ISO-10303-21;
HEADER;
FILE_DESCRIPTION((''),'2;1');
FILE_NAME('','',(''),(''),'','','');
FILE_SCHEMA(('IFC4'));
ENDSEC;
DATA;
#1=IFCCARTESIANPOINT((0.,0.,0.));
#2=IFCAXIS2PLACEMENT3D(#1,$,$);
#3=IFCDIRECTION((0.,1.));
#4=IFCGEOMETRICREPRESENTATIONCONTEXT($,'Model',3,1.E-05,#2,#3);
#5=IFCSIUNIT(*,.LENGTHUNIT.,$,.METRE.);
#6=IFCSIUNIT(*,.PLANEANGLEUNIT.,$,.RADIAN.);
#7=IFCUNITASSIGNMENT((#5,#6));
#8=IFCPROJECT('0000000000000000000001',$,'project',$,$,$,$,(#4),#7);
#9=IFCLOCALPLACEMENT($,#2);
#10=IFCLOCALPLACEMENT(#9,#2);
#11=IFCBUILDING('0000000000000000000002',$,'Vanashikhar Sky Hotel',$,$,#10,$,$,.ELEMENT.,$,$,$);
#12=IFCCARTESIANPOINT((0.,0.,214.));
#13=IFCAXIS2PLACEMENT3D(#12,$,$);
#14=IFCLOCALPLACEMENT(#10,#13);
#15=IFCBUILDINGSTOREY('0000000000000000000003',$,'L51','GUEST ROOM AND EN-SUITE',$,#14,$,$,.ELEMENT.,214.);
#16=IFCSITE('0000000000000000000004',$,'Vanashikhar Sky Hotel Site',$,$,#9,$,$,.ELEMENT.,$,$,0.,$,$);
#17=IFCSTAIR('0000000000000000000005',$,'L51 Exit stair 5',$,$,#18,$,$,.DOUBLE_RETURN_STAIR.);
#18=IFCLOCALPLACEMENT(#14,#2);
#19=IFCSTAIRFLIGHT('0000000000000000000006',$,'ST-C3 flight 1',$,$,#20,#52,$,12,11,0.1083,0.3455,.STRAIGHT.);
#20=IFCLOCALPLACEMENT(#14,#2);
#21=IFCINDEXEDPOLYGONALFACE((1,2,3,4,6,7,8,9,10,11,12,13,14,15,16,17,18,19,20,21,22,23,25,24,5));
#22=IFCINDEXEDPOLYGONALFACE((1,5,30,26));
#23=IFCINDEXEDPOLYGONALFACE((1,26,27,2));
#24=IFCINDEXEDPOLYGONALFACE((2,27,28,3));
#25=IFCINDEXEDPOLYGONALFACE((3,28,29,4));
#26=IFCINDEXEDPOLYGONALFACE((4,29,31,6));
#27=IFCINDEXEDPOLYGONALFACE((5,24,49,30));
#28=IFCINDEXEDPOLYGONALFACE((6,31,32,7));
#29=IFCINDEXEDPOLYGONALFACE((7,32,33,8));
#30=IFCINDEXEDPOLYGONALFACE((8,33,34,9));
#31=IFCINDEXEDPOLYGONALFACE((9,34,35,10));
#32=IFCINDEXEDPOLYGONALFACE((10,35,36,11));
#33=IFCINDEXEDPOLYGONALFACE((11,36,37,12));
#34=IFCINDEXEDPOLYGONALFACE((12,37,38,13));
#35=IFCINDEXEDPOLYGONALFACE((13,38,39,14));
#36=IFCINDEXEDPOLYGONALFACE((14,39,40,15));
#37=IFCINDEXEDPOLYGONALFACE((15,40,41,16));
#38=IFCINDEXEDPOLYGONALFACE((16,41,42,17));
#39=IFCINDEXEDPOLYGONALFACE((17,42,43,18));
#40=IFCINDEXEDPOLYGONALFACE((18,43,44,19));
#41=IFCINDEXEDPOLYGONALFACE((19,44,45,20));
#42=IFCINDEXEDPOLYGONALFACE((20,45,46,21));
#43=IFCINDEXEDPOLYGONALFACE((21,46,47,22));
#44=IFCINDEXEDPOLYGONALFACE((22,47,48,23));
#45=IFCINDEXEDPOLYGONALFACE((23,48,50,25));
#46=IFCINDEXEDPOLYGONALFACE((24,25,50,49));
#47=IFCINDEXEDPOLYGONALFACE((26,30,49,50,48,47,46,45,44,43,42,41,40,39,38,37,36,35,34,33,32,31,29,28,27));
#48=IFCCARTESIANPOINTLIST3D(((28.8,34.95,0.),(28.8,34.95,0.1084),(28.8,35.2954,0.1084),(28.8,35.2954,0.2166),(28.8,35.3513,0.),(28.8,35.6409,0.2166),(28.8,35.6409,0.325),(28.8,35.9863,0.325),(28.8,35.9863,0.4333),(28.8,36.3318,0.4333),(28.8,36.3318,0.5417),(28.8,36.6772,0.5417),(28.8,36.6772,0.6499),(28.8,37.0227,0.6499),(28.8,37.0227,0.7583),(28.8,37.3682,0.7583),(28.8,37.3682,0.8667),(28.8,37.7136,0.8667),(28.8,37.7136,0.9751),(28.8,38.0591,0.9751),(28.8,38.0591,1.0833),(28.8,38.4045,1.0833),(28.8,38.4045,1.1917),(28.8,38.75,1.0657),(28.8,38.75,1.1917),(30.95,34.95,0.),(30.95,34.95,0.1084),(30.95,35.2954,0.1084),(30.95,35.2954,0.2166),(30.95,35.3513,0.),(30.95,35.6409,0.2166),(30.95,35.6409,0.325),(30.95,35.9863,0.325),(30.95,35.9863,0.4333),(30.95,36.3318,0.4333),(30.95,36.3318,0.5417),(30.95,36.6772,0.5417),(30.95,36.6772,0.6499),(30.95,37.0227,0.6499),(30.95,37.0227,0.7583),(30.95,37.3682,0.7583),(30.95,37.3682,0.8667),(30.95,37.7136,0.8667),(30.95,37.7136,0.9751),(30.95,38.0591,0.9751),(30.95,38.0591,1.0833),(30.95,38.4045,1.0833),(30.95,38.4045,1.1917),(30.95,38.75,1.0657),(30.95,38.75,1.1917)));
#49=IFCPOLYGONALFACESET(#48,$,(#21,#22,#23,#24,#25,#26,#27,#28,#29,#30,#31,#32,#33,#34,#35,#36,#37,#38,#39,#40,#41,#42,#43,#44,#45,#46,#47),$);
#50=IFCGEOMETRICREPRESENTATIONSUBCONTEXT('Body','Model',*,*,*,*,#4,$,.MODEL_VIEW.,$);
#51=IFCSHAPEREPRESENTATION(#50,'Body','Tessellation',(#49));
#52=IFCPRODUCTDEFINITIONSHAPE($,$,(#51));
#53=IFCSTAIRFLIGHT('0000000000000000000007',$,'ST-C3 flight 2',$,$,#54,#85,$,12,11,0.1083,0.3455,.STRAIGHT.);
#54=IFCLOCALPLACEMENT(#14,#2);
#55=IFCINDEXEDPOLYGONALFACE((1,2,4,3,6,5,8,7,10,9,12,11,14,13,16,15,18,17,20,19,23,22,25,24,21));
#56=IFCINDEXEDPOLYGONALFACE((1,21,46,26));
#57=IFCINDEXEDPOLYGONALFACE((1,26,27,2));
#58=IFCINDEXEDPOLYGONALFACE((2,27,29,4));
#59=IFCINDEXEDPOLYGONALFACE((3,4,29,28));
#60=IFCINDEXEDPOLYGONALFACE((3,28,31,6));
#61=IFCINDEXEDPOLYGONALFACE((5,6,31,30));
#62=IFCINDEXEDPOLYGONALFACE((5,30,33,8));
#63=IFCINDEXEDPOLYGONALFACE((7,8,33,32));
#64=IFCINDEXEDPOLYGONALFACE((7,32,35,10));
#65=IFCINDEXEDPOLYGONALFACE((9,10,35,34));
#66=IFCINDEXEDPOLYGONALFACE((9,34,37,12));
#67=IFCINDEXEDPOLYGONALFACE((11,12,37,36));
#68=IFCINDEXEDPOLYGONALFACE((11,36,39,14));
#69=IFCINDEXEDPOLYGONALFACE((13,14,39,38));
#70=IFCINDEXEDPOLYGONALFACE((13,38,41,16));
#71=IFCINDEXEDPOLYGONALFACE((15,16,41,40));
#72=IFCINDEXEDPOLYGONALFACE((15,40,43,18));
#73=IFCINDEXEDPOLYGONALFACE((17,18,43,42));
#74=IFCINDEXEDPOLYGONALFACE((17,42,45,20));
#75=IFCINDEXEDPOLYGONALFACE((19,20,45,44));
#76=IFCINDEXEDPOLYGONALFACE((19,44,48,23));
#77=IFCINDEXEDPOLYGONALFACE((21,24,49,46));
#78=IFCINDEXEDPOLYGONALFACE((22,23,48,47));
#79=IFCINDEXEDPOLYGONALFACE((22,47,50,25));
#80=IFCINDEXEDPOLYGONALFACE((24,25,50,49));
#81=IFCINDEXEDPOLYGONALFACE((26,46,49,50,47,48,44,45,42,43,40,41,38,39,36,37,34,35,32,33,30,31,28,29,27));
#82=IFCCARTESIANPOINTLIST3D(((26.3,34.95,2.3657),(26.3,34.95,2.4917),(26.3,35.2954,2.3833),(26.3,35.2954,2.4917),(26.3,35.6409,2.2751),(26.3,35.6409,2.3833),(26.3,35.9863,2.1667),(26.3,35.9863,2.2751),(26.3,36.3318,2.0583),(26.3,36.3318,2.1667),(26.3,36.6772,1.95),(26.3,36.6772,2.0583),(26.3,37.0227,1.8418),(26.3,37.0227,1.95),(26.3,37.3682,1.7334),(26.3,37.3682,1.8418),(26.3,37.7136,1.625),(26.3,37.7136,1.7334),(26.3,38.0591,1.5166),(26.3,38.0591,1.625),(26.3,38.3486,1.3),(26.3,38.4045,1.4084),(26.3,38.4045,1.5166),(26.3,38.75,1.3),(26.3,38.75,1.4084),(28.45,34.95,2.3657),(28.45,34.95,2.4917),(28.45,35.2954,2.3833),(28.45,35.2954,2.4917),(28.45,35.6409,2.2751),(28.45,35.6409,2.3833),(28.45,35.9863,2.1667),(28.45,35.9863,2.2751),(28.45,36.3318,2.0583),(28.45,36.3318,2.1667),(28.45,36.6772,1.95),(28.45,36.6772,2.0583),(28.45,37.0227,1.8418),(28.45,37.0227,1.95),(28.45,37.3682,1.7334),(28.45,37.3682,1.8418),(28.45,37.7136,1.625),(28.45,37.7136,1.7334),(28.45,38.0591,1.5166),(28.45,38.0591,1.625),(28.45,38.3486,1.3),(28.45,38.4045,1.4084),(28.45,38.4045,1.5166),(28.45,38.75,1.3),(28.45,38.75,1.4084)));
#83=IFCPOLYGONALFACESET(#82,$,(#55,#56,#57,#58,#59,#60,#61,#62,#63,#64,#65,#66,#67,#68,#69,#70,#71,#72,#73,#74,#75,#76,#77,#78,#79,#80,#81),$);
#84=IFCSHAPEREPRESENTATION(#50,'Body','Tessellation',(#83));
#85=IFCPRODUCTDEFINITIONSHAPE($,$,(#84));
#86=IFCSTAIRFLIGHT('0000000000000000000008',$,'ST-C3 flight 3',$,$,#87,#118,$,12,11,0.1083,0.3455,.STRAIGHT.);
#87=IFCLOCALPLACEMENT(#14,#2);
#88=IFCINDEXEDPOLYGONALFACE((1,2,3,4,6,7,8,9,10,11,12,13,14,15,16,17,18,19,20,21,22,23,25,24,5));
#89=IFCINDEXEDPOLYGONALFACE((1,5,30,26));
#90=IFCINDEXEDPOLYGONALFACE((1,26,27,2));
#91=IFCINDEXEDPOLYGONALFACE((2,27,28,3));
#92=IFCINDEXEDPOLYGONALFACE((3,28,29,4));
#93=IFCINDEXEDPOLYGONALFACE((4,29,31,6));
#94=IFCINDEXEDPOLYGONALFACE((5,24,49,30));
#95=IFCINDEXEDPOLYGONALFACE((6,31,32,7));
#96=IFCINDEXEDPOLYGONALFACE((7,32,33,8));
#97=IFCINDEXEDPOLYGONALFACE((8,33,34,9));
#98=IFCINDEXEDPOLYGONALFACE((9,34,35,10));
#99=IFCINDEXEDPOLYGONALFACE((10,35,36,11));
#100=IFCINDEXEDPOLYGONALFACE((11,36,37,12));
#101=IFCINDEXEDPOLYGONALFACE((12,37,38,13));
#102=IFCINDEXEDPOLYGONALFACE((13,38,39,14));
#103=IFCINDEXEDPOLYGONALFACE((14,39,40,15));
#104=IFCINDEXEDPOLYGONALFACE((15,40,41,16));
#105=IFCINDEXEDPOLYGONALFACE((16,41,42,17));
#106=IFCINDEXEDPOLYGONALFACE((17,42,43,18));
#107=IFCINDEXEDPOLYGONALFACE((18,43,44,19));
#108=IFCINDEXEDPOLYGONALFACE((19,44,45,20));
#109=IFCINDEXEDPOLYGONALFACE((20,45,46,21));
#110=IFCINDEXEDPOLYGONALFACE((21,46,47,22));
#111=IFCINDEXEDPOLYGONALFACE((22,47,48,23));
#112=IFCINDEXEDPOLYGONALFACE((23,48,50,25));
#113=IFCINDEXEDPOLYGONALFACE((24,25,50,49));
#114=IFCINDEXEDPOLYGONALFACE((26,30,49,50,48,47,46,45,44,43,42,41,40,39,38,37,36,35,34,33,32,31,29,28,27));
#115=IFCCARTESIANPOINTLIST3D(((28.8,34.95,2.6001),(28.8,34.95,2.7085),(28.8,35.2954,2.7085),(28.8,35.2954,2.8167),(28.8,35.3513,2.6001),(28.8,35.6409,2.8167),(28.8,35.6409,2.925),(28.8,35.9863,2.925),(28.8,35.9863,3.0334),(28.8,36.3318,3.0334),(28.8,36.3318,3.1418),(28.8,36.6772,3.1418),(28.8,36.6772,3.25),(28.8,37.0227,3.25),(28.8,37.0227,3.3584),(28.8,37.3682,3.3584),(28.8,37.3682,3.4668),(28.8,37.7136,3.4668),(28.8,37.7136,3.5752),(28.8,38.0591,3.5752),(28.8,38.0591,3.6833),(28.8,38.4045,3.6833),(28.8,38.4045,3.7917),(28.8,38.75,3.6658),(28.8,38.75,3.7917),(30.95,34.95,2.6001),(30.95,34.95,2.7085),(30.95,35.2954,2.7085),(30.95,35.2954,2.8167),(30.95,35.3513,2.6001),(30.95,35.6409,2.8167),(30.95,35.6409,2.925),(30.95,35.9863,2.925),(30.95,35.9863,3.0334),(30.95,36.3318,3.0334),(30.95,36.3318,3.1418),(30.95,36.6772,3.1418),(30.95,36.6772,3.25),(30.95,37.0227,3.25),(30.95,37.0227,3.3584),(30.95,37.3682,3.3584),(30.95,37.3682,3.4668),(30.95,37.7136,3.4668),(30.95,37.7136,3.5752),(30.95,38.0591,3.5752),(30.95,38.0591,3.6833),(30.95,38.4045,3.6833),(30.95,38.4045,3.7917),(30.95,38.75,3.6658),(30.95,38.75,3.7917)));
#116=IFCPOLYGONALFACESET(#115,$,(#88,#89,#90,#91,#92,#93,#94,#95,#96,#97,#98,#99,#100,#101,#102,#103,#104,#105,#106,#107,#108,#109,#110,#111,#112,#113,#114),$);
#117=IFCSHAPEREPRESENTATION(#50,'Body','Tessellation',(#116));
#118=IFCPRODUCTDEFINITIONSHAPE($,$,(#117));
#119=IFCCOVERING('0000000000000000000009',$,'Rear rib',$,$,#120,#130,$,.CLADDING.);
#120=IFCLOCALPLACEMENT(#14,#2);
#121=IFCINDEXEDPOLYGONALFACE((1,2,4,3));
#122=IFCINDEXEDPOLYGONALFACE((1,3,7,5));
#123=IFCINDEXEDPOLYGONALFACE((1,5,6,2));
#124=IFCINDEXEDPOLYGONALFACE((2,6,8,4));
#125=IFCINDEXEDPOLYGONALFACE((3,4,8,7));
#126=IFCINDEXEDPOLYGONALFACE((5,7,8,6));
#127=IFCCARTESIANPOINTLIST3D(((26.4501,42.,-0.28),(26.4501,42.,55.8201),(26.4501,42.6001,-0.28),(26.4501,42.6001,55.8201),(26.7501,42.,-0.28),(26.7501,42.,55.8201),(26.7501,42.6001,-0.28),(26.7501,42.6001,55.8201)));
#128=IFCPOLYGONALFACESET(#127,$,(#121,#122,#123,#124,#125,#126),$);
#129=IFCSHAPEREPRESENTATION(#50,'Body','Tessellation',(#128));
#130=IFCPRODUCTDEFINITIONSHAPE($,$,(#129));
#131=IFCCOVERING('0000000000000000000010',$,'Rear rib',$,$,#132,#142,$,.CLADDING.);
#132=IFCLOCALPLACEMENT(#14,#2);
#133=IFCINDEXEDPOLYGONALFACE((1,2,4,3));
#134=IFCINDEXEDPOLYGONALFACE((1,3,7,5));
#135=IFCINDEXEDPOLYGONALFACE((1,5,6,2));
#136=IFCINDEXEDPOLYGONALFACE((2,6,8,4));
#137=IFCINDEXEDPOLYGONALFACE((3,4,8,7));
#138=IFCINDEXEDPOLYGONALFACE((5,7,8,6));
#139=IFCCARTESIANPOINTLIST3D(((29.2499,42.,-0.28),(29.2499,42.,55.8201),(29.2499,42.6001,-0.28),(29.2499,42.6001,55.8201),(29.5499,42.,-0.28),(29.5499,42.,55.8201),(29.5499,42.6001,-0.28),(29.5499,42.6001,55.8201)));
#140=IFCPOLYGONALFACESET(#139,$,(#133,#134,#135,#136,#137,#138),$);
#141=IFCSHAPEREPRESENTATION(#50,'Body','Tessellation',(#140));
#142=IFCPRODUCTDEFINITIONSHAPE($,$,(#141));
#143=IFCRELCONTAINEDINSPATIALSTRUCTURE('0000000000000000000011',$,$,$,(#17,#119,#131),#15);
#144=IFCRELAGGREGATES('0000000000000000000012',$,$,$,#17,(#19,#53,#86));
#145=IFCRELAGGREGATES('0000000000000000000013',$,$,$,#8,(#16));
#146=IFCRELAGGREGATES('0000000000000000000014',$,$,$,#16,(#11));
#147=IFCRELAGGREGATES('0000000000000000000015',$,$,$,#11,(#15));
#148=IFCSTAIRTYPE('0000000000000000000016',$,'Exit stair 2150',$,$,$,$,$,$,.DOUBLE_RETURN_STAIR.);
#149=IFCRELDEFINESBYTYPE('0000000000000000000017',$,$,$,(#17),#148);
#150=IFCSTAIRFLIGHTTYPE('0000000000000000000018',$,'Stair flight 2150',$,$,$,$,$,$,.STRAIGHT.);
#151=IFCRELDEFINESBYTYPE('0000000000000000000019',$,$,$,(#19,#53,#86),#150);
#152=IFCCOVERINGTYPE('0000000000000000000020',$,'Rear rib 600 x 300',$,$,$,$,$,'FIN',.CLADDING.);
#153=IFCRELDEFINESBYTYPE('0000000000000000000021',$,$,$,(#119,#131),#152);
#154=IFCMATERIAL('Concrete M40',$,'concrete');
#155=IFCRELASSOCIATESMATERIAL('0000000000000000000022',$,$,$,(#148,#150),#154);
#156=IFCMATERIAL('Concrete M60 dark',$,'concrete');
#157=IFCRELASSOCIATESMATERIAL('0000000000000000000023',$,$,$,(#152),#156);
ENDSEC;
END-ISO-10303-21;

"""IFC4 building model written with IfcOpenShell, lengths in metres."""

from ifc_helpers import new_model, si_unit, direction, frame, origin, origin_2d, place, context, subcontext, project, spatial, polyline, rectangle, outline, extrude, source, transform, mapped, material, material_profile, profile_set, type_object, element, aggregate, save


model = new_model("IFC4")

# Units and contexts
model_context = context("Model", 3, precision=1e-05, world=origin(), true_north=direction((0.0, 1.0)))
body_context = subcontext(model_context, "Body", "Model", "MODEL_VIEW")
ifc_project = project(units=[si_unit("LENGTHUNIT", "METRE"), si_unit("PLANEANGLEUNIT", "RADIAN")], contexts=[model_context])

# Site, building, storey
site_placement = place(None, origin())
site = spatial("IfcSite", under=ifc_project, at=site_placement, Name="Vanashikhar Sky Hotel Site", CompositionType="ELEMENT", RefElevation=0.0)
building_placement = place(site_placement, origin())
building = spatial("IfcBuilding", under=site, at=building_placement, Name="Vanashikhar Sky Hotel", CompositionType="ELEMENT")
storey_placement = place(building_placement, frame((0.0, 0.0, 214.0)))
storey = spatial("IfcBuildingStorey", under=building, at=storey_placement, Name="L51", Description="GUEST ROOM AND EN-SUITE", CompositionType="ELEMENT", Elevation=214.0)

# Stair, stair flights
ifc_material_1 = material(Name="Concrete M40", Category="concrete")
stair_type = type_object("IfcStairType", Name="Exit stair 2150", PredefinedType="DOUBLE_RETURN_STAIR", material=ifc_material_1)
stair_flight_type = type_object("IfcStairFlightType", Name="Stair flight 2150", PredefinedType="STRAIGHT", material=ifc_material_1)
shared_shape_1 = source(origin(), body_context, "Body", "SweptSolid", [
    extrude(outline(polyline([(0.0, 0.0), (0.0, 0.1084), (0.3455, 0.1084), (0.3455, 0.2166), (0.6909, 0.2166), (0.6909, 0.325), (1.0364, 0.325), (1.0364, 0.4333), (1.3818, 0.4333), (1.3818, 0.5417), (1.7273, 0.5417), (1.7273, 0.6499), (2.0728, 0.6499), (2.0728, 0.7583), (2.4182, 0.7583), (2.4182, 0.8667), (2.7637, 0.8667), (2.7637, 0.9751), (3.1091, 0.9751), (3.1091, 1.0833), (3.4546, 1.0833), (3.4546, 1.1917), (3.8, 1.1917), (3.8, 1.3), (3.8, 1.0657), (0.4014, 0.0), (0.0, 0.0)])), frame((0.0, 1.075, 0.0), z_axis=(0.0, -1.0, 0.0), x_axis=(1.0, 0.0, 0.0)), (0.0, 0.0, 1.0), 2.1499),
])
stair_1_placement = place(storey_placement, origin())
stair_1 = element("IfcStair", 1, at=stair_1_placement, inside=storey, type_object=stair_type, Name="L51 Exit stair 5", PredefinedType="DOUBLE_RETURN_STAIR")
stair_flight_1_placement = place(storey_placement, frame((29.875, 34.95, 0.0), z_axis=(0.0, 0.0, 1.0), x_axis=(0.0, 1.0, 0.0)))
stair_flight_1 = element("IfcStairFlight", 2, at=stair_flight_1_placement, type_object=stair_flight_type, Name="ST-C3 flight 1", NumberOfRisers=12, NumberOfTreads=11, PredefinedType="STRAIGHT", RiserHeight=0.1083, TreadLength=0.3455, context=body_context, shape_type="MappedRepresentation", body=[
    mapped(shared_shape_1, transform((0.0, 0.0, 0.0), scale=1.0)),
])
stair_flight_2_placement = place(storey_placement, frame((27.375, 38.75, 1.3), z_axis=(0.0, 0.0, 1.0), x_axis=(0.0, -1.0, 0.0)))
stair_flight_2 = element("IfcStairFlight", 3, at=stair_flight_2_placement, type_object=stair_flight_type, Name="ST-C3 flight 2", NumberOfRisers=12, NumberOfTreads=11, PredefinedType="STRAIGHT", RiserHeight=0.1083, TreadLength=0.3455, context=body_context, shape_type="MappedRepresentation", body=[
    mapped(shared_shape_1, transform((0.0, 0.0, 0.0), scale=1.0)),
])
stair_flight_3_placement = place(storey_placement, frame((29.875, 34.95, 2.6001), z_axis=(0.0, 0.0, 1.0), x_axis=(0.0, 1.0, 0.0)))
stair_flight_3 = element("IfcStairFlight", 4, at=stair_flight_3_placement, type_object=stair_flight_type, Name="ST-C3 flight 3", NumberOfRisers=12, NumberOfTreads=11, PredefinedType="STRAIGHT", RiserHeight=0.1083, TreadLength=0.3455, context=body_context, shape_type="MappedRepresentation", body=[
    mapped(shared_shape_1, transform((0.0, 0.0, 0.0), scale=1.0)),
])
aggregate(stair_1, [stair_flight_1, stair_flight_2, stair_flight_3])

# Coverings
ifc_material_2 = material(Name="Concrete M60 dark", Category="concrete")
ifc_material_profile = material_profile(ifc_material_2, rectangle(XDim=0.6001, YDim=0.3, at=origin_2d()))
ifc_profile_set = profile_set([ifc_material_profile], Name="Rear rib 600 x 300")
covering_type = type_object("IfcCoveringType", Name="Rear rib 600 x 300", ElementType="FIN", PredefinedType="CLADDING", material=ifc_profile_set)
shared_shape_2 = source(origin(), body_context, "Body", "SweptSolid", [
    extrude(rectangle(XDim=0.6001, YDim=0.3, at=origin_2d()), origin(), (0.0, 0.0, 1.0), 56.1001),
])
for number, where, z_axis, x_axis, name in (
    (5, (26.6001, 42.3, -0.28), (0.0, 0.0, 1.0), (0.0, 1.0, 0.0), "Rear rib"),
    (6, (29.3999, 42.3, -0.28), (0.0, 0.0, 1.0), (0.0, 1.0, 0.0), "Rear rib"),
):
    element("IfcCovering", number, at=place(storey_placement, frame(where, z_axis=z_axis, x_axis=x_axis)), inside=storey, type_object=covering_type, Name=name, PredefinedType="CLADDING", context=body_context, shape_type="MappedRepresentation", body=[
        mapped(shared_shape_2, transform((0.0, 0.0, 0.0), scale=1.0)),
    ])

save(model, "model.ifc")
